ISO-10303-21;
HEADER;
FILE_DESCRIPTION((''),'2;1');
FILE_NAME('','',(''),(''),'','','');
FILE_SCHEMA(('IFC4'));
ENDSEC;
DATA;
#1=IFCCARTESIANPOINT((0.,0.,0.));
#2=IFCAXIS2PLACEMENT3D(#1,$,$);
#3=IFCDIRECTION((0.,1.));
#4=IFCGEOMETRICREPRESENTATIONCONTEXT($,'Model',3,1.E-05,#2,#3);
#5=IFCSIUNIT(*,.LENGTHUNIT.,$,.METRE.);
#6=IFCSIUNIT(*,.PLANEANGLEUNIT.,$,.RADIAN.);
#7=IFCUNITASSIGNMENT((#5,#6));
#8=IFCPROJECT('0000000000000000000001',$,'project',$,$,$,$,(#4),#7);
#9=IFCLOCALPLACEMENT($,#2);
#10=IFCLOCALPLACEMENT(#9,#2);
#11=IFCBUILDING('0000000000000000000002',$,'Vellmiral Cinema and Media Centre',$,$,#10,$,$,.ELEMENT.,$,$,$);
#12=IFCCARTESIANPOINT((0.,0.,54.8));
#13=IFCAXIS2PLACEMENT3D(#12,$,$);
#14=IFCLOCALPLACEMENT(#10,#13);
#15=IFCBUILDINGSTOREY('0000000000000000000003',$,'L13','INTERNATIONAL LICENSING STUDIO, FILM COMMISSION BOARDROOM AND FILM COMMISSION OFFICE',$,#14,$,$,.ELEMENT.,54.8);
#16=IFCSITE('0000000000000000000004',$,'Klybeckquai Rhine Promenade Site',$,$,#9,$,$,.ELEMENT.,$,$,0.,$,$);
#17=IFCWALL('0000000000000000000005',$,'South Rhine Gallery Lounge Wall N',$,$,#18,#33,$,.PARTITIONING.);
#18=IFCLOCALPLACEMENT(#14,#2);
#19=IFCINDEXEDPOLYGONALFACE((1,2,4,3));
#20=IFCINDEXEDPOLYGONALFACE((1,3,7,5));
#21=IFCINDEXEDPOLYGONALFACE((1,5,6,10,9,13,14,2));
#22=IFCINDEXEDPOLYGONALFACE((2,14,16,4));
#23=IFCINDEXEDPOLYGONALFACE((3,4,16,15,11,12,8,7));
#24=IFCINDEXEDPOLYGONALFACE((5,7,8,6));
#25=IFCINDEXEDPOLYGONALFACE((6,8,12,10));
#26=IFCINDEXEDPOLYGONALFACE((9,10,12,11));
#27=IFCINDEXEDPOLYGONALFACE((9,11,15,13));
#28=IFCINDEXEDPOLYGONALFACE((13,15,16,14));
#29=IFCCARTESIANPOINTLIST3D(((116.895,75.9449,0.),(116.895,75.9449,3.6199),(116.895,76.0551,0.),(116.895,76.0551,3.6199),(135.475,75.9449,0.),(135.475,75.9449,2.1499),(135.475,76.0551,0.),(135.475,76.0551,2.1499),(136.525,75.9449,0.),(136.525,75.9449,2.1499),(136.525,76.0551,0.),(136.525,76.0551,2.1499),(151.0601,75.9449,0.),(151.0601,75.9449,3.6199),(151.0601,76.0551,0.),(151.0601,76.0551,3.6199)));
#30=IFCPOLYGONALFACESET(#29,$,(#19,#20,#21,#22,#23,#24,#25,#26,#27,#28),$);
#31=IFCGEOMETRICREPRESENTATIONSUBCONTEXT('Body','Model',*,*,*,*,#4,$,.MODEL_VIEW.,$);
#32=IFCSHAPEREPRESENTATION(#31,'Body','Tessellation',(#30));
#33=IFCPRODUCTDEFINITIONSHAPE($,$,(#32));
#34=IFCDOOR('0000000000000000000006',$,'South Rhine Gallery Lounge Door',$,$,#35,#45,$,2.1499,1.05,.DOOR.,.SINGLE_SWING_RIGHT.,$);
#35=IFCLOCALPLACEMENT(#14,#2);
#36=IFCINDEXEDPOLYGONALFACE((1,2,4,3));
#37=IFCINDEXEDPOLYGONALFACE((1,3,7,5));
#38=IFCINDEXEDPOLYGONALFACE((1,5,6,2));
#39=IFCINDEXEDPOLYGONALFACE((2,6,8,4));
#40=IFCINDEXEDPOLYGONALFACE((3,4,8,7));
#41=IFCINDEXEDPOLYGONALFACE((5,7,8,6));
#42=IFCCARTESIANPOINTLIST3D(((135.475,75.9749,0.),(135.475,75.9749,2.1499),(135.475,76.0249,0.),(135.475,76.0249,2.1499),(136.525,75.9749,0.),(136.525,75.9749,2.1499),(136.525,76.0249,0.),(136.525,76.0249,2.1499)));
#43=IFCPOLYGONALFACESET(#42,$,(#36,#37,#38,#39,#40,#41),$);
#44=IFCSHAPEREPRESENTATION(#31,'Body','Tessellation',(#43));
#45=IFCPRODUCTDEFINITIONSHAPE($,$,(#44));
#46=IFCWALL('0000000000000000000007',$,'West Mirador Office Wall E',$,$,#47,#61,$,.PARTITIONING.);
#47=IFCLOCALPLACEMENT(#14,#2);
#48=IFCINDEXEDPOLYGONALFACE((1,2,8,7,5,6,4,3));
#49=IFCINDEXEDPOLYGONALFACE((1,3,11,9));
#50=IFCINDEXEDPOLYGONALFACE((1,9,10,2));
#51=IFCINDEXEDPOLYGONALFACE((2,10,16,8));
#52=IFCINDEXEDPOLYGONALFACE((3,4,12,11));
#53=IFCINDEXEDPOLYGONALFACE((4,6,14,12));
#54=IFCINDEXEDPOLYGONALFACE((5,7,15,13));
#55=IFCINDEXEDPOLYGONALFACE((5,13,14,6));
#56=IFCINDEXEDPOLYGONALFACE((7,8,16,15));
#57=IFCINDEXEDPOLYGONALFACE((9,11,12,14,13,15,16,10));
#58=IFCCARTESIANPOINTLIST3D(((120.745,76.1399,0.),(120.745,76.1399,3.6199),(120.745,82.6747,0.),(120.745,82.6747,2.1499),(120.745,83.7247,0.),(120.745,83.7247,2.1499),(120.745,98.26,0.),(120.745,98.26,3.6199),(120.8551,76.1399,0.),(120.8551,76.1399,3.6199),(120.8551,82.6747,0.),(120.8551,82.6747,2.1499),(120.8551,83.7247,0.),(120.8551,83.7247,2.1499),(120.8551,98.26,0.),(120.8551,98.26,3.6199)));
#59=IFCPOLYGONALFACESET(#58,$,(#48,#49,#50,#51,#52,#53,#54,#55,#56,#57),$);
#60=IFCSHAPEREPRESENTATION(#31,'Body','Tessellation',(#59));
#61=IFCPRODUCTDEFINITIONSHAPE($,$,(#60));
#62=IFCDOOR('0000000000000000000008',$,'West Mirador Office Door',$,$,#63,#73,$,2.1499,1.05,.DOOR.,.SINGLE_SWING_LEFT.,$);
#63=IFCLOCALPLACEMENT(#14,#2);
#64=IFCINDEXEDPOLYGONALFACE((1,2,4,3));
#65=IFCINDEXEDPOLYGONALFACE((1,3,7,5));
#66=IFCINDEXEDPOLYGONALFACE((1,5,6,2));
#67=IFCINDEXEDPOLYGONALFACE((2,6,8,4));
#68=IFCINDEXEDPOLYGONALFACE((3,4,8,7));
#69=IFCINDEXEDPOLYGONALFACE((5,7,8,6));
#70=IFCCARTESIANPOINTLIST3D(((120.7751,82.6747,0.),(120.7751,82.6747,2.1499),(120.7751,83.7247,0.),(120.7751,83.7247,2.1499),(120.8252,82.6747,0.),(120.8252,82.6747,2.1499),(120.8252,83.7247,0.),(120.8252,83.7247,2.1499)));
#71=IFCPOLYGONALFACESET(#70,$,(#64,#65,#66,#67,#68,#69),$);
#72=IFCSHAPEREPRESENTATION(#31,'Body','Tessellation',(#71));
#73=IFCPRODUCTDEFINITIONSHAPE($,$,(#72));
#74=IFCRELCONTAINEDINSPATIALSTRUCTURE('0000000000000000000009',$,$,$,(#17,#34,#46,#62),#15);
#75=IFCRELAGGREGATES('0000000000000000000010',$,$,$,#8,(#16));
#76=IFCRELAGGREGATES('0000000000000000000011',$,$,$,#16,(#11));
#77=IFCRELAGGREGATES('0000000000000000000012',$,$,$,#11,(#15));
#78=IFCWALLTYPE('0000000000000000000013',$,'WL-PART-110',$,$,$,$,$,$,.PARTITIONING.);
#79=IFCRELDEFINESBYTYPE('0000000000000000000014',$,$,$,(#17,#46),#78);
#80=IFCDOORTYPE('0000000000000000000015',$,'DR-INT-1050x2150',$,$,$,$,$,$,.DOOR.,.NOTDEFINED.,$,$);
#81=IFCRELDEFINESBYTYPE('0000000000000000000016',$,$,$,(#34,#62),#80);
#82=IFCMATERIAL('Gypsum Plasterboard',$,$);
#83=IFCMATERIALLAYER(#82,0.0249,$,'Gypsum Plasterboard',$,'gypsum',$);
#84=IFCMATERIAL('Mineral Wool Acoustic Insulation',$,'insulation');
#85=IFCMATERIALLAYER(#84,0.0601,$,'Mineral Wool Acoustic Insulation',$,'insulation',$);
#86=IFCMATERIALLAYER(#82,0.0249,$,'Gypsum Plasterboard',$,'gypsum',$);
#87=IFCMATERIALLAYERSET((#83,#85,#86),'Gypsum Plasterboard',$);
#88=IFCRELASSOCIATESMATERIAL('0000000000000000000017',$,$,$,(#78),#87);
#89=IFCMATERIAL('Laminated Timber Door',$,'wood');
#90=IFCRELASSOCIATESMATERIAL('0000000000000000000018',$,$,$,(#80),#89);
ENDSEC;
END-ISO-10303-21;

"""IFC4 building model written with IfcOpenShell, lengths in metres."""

from ifc_helpers import new_model, si_unit, direction, frame, frame_2d, origin, place, context, subcontext, project, spatial, rectangle, extrude, material, layer, layer_set, type_object, element, fill, save


model = new_model("IFC4")

# Units and contexts
model_context = context("Model", 3, precision=1e-05, world=origin(), true_north=direction((0.0, 1.0)))
body_context = subcontext(model_context, "Body", "Model", "MODEL_VIEW")
ifc_project = project(units=[si_unit("LENGTHUNIT", "METRE"), si_unit("PLANEANGLEUNIT", "RADIAN")], contexts=[model_context])

# Site, building, storey
site_placement = place(None, origin())
site = spatial("IfcSite", under=ifc_project, at=site_placement, Name="Klybeckquai Rhine Promenade Site", CompositionType="ELEMENT", RefElevation=0.0)
building_placement = place(site_placement, origin())
building = spatial("IfcBuilding", under=site, at=building_placement, Name="Vellmiral Cinema and Media Centre", CompositionType="ELEMENT")
storey_placement = place(building_placement, frame((0.0, 0.0, 54.8)))
storey = spatial("IfcBuildingStorey", under=building, at=storey_placement, Name="L13", Description="INTERNATIONAL LICENSING STUDIO, FILM COMMISSION BOARDROOM AND FILM COMMISSION OFFICE", CompositionType="ELEMENT", Elevation=54.8)

# Walls, openings, doors
ifc_material_1 = material(Name="Gypsum Plasterboard")
ifc_layer_1 = layer(ifc_material_1, 0.0249, Name="Gypsum Plasterboard", Category="gypsum")
ifc_material_2 = material(Name="Mineral Wool Acoustic Insulation", Category="insulation")
ifc_layer_2 = layer(ifc_material_2, 0.0601, Name="Mineral Wool Acoustic Insulation", Category="insulation")
ifc_layer_3 = layer(ifc_material_1, 0.0249, Name="Gypsum Plasterboard", Category="gypsum")
ifc_layer_set_1 = layer_set([ifc_layer_1, ifc_layer_2, ifc_layer_3], Name="Gypsum Plasterboard")
wall_type_1 = type_object("IfcWallType", Name="WL-PART-110", PredefinedType="PARTITIONING", material=ifc_layer_set_1)
wall_1_placement = place(storey_placement, frame((116.895, 76.0, 0.0), z_axis=(0.0, 0.0, 1.0), x_axis=(1.0, 0.0, 0.0)))
wall_1 = element("IfcWall", 1, at=wall_1_placement, inside=storey, type_object=wall_type_1, Name="South Rhine Gallery Lounge Wall N", PredefinedType="PARTITIONING", context=body_context, shape_type="SweptSolid", body=[
    extrude(rectangle(XDim=34.165, YDim=0.1101, at=frame_2d((17.0825, 0.0))), origin(), (0.0, 0.0, 1.0), 3.6199),
])
opening_1_placement = place(wall_1_placement, frame((18.5801, 0.0, 0.0)))
opening_1 = element("IfcOpeningElement", 2, at=opening_1_placement, cuts=wall_1, PredefinedType="OPENING", context=body_context, shape_type="SweptSolid", body=[
    extrude(rectangle(XDim=1.05, YDim=2.1499, at=frame_2d((0.5249, 1.075))), frame((0.0, 0.0669, 0.0), z_axis=(0.0, -1.0, 0.0), x_axis=(1.0, 0.0, 0.0)), (0.0, 0.0, 1.0), 0.134),
])
ifc_material_3 = material(Name="Laminated Timber Door", Category="wood")
door_type_1 = type_object("IfcDoorType", Name="DR-INT-1050x2150", OperationType="NOTDEFINED", PredefinedType="DOOR", material=ifc_material_3)
door_1_placement = place(opening_1_placement, origin())
door_1 = element("IfcDoor", 3, at=door_1_placement, inside=storey, type_object=door_type_1, Name="South Rhine Gallery Lounge Door", OperationType="SINGLE_SWING_RIGHT", OverallHeight=2.1499, OverallWidth=1.05, PredefinedType="DOOR", context=body_context, shape_type="SweptSolid", body=[
    extrude(rectangle(XDim=1.05, YDim=2.1499, at=frame_2d((0.5249, 1.075))), frame((0.0, 0.0249, 0.0), z_axis=(0.0, -1.0, 0.0), x_axis=(1.0, 0.0, 0.0)), (0.0, 0.0, 1.0), 0.05),
])
fill(opening_1, door_1)
wall_2_placement = place(storey_placement, frame((120.8, 76.1399, 0.0), z_axis=(0.0, 0.0, 1.0), x_axis=(0.0, 1.0, 0.0)))
wall_2 = element("IfcWall", 4, at=wall_2_placement, inside=storey, type_object=wall_type_1, Name="West Mirador Office Wall E", PredefinedType="PARTITIONING", context=body_context, shape_type="SweptSolid", body=[
    extrude(rectangle(XDim=22.1201, YDim=0.1101, at=frame_2d((11.0601, 0.0))), origin(), (0.0, 0.0, 1.0), 3.6199),
])
opening_2_placement = place(wall_2_placement, frame((6.5349, 0.0, 0.0)))
opening_2 = element("IfcOpeningElement", 5, at=opening_2_placement, cuts=wall_2, PredefinedType="OPENING", context=body_context, shape_type="SweptSolid", body=[
    extrude(rectangle(XDim=1.05, YDim=2.1499, at=frame_2d((0.5249, 1.075))), frame((0.0, 0.0669, 0.0), z_axis=(0.0, -1.0, 0.0), x_axis=(1.0, 0.0, 0.0)), (0.0, 0.0, 1.0), 0.134),
])
door_2_placement = place(opening_2_placement, origin())
door_2 = element("IfcDoor", 6, at=door_2_placement, inside=storey, type_object=door_type_1, Name="West Mirador Office Door", OperationType="SINGLE_SWING_LEFT", OverallHeight=2.1499, OverallWidth=1.05, PredefinedType="DOOR", context=body_context, shape_type="SweptSolid", body=[
    extrude(rectangle(XDim=1.05, YDim=2.1499, at=frame_2d((0.5249, 1.075))), frame((0.0, 0.0249, 0.0), z_axis=(0.0, -1.0, 0.0), x_axis=(1.0, 0.0, 0.0)), (0.0, 0.0, 1.0), 0.05),
])
fill(opening_2, door_2)

save(model, "model.ifc")
